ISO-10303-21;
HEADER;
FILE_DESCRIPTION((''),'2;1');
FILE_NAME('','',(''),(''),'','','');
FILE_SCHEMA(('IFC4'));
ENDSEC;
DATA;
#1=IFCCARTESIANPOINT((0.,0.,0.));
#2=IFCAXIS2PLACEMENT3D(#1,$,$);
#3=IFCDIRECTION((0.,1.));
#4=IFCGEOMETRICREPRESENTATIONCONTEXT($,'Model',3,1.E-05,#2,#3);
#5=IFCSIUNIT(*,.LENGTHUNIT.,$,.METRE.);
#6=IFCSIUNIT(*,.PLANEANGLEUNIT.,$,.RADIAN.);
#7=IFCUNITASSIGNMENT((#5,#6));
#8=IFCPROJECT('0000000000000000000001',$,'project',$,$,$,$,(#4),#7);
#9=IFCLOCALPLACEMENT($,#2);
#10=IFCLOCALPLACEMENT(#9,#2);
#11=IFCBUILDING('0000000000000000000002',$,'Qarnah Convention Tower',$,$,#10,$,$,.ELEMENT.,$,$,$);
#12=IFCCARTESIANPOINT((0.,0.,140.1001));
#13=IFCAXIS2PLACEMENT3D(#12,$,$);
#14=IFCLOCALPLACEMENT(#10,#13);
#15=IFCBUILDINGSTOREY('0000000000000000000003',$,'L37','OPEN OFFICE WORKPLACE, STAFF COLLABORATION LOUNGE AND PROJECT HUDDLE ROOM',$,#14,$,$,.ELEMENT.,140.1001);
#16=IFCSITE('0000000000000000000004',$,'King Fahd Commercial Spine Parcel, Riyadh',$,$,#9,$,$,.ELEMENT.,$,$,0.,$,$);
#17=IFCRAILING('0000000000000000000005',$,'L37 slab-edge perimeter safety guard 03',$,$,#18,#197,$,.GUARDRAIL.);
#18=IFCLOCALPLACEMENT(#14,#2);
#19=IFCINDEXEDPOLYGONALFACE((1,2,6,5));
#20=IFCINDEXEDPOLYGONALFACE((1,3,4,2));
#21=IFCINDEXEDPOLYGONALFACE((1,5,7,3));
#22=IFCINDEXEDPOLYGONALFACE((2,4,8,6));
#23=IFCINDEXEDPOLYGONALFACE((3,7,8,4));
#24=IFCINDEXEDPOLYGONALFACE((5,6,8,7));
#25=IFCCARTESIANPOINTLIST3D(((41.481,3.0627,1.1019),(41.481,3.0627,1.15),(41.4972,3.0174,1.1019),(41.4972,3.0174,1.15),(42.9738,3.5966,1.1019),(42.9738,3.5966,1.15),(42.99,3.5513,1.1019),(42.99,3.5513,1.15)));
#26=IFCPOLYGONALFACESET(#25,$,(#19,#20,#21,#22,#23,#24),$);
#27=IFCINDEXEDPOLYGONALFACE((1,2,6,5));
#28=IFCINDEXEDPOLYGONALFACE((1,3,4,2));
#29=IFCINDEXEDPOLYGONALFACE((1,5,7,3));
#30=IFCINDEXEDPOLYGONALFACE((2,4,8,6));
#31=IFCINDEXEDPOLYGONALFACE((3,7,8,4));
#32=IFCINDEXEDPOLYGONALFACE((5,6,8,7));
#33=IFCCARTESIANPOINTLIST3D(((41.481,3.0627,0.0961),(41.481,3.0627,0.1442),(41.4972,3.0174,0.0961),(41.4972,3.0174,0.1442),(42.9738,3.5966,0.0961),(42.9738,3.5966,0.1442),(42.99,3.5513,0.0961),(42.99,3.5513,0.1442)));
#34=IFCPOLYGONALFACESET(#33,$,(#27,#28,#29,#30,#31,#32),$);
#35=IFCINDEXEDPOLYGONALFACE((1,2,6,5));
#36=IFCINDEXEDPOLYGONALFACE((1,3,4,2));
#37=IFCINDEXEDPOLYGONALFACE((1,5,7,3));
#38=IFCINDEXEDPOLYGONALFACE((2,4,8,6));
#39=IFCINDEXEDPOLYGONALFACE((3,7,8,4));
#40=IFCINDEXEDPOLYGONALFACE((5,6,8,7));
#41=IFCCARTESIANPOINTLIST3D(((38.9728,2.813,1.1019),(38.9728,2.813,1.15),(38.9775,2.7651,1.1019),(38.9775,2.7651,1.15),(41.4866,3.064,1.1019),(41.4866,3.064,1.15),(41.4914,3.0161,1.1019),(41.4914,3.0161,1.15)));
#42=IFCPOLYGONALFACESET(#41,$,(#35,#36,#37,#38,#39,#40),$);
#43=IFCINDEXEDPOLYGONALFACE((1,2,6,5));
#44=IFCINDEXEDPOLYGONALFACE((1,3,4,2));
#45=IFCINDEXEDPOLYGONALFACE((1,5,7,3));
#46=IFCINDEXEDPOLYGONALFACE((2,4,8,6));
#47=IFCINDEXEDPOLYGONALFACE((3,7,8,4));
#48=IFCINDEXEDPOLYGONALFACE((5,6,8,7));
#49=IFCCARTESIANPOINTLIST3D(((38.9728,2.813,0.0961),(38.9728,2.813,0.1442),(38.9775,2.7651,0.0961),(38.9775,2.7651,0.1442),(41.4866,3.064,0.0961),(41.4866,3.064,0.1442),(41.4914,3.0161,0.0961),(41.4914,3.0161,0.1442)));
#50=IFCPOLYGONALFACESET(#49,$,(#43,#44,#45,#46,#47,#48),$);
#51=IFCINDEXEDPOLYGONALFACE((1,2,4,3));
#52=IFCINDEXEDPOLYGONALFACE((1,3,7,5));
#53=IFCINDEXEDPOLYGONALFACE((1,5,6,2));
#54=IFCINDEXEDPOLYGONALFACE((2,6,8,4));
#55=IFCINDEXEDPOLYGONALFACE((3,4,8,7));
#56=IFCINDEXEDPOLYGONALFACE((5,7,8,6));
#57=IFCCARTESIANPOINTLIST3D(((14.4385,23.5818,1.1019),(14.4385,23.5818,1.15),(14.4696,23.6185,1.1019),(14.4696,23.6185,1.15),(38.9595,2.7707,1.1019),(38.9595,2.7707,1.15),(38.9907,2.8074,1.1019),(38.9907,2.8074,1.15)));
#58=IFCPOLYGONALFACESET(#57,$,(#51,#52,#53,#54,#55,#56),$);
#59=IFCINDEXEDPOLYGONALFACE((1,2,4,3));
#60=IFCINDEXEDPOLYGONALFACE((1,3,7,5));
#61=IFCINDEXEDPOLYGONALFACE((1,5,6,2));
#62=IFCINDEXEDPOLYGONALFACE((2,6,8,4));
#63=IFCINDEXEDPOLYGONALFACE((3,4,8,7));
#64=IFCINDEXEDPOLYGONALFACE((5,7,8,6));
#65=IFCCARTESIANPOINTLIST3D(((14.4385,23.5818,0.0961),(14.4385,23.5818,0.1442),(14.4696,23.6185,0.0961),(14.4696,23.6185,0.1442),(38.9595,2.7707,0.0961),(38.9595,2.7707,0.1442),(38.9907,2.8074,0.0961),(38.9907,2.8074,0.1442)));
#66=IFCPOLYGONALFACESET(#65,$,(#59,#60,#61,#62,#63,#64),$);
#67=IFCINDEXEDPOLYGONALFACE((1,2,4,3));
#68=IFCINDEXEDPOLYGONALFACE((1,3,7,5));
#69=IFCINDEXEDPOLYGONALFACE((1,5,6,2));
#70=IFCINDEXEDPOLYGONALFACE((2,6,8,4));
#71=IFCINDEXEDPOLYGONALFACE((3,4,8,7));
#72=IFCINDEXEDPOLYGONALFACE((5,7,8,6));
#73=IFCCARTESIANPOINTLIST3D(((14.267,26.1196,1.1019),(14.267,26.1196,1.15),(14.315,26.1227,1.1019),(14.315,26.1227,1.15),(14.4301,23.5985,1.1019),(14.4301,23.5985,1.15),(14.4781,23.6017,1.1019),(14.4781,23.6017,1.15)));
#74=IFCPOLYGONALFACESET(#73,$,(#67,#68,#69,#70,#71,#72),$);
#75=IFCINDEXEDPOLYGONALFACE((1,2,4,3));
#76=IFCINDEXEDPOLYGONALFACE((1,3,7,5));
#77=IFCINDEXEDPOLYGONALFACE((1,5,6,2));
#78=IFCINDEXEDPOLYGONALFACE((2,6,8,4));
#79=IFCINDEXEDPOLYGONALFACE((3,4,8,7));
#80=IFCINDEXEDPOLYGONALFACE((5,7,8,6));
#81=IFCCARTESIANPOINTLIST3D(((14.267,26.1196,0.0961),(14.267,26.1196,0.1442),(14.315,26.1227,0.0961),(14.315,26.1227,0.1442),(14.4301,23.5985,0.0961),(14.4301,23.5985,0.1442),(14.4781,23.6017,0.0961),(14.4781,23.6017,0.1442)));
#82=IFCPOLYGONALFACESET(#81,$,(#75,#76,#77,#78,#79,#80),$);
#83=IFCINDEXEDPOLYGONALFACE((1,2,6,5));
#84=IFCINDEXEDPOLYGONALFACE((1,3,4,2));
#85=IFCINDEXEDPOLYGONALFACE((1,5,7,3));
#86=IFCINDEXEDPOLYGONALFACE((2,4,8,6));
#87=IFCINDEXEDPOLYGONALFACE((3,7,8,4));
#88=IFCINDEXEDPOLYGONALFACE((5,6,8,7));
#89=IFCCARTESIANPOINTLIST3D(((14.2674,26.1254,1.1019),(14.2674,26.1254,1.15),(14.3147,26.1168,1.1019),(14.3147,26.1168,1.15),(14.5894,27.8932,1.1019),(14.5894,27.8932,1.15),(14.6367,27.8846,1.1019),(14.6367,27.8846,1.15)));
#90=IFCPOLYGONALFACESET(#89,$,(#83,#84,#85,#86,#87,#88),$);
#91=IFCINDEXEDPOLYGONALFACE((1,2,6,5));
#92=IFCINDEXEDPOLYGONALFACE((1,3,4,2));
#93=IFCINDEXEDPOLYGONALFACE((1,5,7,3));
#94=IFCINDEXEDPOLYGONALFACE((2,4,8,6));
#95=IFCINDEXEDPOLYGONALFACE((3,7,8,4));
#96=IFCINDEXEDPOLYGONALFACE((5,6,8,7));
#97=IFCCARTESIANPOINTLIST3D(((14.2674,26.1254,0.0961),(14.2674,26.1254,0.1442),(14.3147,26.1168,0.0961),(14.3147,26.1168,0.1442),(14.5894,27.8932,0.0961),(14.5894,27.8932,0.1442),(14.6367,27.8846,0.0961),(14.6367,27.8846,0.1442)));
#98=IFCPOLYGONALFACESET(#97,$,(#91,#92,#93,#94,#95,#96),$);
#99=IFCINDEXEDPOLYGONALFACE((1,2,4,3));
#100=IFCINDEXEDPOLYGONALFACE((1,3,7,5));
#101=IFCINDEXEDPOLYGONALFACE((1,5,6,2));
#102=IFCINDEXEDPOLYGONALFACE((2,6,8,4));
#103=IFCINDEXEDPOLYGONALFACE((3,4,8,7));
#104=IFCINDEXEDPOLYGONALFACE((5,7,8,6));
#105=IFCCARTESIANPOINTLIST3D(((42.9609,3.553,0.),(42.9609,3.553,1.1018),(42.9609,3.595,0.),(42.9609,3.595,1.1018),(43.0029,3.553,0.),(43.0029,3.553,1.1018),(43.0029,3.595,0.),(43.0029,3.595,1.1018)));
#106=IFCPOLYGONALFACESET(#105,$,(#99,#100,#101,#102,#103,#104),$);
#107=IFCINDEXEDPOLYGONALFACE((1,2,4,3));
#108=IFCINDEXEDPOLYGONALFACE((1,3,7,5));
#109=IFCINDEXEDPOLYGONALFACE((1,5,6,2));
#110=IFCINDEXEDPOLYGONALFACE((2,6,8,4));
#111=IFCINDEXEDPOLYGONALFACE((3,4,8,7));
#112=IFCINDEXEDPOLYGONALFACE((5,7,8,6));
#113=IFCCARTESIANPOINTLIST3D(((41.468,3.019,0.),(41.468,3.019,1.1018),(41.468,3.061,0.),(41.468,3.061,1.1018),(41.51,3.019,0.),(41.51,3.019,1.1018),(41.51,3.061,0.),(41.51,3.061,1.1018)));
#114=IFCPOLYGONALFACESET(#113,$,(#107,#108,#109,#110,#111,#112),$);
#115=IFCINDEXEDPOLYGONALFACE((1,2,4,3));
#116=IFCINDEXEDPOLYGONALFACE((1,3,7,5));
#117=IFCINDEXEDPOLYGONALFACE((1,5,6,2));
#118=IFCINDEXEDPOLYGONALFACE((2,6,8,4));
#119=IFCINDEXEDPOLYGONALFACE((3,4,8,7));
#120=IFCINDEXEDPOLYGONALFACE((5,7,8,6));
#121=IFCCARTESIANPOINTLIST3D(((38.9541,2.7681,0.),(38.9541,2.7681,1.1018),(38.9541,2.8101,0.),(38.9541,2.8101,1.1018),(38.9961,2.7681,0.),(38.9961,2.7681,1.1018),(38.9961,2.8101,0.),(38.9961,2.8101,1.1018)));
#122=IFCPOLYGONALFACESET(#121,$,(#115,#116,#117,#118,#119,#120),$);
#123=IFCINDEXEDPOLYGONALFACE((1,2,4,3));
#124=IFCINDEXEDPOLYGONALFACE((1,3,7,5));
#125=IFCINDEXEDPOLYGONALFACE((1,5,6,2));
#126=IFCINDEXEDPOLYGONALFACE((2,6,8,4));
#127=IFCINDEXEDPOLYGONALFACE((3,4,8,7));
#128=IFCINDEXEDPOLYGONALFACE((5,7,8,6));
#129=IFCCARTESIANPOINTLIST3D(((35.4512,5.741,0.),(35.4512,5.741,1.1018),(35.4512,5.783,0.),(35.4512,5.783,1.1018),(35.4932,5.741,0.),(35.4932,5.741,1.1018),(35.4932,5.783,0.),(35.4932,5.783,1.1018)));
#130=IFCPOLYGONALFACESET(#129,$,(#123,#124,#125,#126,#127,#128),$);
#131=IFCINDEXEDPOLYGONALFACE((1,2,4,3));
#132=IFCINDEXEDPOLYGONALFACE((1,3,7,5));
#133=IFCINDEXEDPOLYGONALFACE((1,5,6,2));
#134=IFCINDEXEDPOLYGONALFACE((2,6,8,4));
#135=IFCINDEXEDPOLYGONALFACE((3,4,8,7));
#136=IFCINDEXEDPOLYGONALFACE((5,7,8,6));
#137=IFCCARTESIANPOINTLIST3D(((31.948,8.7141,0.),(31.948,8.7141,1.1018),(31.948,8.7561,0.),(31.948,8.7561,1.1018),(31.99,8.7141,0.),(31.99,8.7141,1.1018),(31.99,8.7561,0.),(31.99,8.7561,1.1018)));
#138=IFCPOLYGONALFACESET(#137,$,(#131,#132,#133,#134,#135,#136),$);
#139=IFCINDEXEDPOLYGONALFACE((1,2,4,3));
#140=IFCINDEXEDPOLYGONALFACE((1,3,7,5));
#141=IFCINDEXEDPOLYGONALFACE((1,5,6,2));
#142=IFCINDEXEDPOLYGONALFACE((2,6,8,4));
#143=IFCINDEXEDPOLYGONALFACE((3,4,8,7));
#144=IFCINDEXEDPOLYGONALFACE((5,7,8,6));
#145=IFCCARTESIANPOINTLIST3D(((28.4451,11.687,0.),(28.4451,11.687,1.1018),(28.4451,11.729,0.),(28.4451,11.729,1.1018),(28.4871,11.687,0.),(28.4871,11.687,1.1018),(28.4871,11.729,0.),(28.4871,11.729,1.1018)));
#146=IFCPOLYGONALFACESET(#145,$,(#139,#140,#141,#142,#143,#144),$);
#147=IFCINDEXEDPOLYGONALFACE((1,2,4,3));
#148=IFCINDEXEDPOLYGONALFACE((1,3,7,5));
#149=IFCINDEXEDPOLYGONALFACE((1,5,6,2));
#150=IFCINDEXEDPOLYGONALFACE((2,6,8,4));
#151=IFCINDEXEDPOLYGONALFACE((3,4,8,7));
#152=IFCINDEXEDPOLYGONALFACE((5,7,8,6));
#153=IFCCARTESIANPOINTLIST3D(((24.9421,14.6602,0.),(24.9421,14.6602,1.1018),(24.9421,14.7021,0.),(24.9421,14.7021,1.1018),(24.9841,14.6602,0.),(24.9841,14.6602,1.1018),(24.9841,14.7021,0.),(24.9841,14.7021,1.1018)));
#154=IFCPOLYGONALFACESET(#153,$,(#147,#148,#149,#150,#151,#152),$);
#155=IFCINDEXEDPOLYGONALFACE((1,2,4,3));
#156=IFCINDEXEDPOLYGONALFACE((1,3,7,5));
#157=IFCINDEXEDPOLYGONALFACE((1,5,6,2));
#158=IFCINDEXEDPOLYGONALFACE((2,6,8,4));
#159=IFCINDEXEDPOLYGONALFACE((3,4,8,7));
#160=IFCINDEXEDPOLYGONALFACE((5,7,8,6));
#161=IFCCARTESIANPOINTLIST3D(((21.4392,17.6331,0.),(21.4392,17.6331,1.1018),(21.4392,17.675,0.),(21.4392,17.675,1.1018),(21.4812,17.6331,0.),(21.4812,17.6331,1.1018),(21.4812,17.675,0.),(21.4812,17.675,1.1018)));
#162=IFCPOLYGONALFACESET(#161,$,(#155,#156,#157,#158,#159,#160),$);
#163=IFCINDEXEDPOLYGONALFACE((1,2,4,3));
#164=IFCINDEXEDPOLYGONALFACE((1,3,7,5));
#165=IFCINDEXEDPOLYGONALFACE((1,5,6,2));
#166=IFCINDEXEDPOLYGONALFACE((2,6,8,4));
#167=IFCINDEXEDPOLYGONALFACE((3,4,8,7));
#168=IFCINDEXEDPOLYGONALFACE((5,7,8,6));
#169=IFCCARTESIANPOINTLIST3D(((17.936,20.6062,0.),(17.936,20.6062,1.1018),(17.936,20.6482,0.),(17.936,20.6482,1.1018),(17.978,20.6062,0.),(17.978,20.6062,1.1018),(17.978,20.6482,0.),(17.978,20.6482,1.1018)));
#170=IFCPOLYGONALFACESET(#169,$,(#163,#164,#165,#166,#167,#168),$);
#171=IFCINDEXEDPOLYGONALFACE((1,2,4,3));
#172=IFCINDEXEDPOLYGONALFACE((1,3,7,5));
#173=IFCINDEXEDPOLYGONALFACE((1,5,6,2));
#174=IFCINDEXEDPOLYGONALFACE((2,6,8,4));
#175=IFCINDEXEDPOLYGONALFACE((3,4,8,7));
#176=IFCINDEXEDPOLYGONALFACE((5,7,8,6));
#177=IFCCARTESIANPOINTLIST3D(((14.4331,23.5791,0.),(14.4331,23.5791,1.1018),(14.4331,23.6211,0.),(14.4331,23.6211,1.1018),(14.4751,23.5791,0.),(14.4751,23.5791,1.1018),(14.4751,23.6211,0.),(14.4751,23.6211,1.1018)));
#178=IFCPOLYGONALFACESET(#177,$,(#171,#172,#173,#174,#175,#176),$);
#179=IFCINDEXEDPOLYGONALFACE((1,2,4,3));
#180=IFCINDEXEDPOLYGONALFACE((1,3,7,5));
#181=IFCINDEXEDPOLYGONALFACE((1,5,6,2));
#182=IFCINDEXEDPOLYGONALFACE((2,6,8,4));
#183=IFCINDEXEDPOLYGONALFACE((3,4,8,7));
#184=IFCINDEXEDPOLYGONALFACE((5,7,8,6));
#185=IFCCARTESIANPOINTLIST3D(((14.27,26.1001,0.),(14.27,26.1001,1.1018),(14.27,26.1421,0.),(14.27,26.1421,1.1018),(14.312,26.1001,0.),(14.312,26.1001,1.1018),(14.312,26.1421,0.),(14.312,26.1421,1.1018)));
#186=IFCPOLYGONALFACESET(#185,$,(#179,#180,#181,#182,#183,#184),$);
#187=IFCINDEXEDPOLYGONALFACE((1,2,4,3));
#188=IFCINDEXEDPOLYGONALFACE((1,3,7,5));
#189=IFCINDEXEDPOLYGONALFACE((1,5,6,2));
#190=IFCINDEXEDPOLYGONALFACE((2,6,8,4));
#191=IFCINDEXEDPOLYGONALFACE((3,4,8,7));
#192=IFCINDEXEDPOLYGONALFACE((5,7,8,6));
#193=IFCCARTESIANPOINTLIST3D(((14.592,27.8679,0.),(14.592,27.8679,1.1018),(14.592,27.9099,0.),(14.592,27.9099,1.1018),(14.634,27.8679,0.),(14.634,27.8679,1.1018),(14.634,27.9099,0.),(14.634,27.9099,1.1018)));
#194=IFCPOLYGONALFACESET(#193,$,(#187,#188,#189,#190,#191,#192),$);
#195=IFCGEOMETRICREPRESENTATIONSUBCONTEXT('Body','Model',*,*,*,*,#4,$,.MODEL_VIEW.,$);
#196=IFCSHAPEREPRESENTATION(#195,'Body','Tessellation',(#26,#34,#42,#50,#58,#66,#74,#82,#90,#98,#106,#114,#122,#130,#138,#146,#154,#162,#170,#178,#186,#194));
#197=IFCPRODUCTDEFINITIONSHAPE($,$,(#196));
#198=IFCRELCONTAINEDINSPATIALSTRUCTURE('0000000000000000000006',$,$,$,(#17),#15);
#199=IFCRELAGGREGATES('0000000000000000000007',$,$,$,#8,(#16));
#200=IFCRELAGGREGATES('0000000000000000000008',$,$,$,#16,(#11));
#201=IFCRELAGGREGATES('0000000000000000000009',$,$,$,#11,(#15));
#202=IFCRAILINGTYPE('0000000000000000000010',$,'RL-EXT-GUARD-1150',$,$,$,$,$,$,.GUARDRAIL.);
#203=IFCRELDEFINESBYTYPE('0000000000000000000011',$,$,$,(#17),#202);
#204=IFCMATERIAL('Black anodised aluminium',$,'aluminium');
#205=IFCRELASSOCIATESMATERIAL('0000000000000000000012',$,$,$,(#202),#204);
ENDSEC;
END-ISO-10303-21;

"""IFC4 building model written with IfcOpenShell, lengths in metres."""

from ifc_helpers import new_model, si_unit, direction, frame, origin, origin_2d, place, context, subcontext, project, spatial, rectangle, extrude, material, type_object, element, save


model = new_model("IFC4")

# Units and contexts
model_context = context("Model", 3, precision=1e-05, world=origin(), true_north=direction((0.0, 1.0)))
body_context = subcontext(model_context, "Body", "Model", "MODEL_VIEW")
ifc_project = project(units=[si_unit("LENGTHUNIT", "METRE"), si_unit("PLANEANGLEUNIT", "RADIAN")], contexts=[model_context])

# Site, building, storey
site_placement = place(None, origin())
site = spatial("IfcSite", under=ifc_project, at=site_placement, Name="King Fahd Commercial Spine Parcel, Riyadh", CompositionType="ELEMENT", RefElevation=0.0)
building_placement = place(site_placement, origin())
building = spatial("IfcBuilding", under=site, at=building_placement, Name="Qarnah Convention Tower", CompositionType="ELEMENT")
storey_placement = place(building_placement, frame((0.0, 0.0, 140.1001)))
storey = spatial("IfcBuildingStorey", under=building, at=storey_placement, Name="L37", Description="OPEN OFFICE WORKPLACE, STAFF COLLABORATION LOUNGE AND PROJECT HUDDLE ROOM", CompositionType="ELEMENT", Elevation=140.1001)

# Shared definitions
ifc_material_1 = material(Name="Black anodised aluminium", Category="aluminium")

# Railing
railing_type = type_object("IfcRailingType", Name="RL-EXT-GUARD-1150", PredefinedType="GUARDRAIL", material=ifc_material_1)
railing_1_placement = place(storey_placement, frame((42.9819, 3.574, 0.0)))
element("IfcRailing", 1, at=railing_1_placement, inside=storey, type_object=railing_type, Name="L37 slab-edge perimeter safety guard 03", PredefinedType="GUARDRAIL", context=body_context, shape_type="SweptSolid", body=[
    extrude(rectangle(XDim=0.0481, YDim=0.0481, at=origin_2d()), frame((0.0, 0.0, 1.126), z_axis=(-0.941592, -0.336756, 0.0), x_axis=(0.336756, -0.941592, 0.0)), (0.0, 0.0, 1.0), 1.5854),
    extrude(rectangle(XDim=0.0481, YDim=0.0481, at=origin_2d()), frame((0.0, 0.0, 0.1201), z_axis=(-0.941592, -0.336756, 0.0), x_axis=(0.336756, -0.941592, 0.0)), (0.0, 0.0, 1.0), 1.5854),
    extrude(rectangle(XDim=0.0481, YDim=0.0481, at=origin_2d()), frame((-1.4929, -0.5339, 1.126), z_axis=(-0.995053, -0.099341, 0.0), x_axis=(0.099341, -0.995053, 0.0)), (0.0, 0.0, 1.0), 2.5264),
    extrude(rectangle(XDim=0.0481, YDim=0.0481, at=origin_2d()), frame((-1.4929, -0.5339, 0.1201), z_axis=(-0.995053, -0.099341, 0.0), x_axis=(0.099341, -0.995053, 0.0)), (0.0, 0.0, 1.0), 2.5264),
    extrude(rectangle(XDim=0.0481, YDim=0.0481, at=origin_2d()), frame((-4.0068, -0.7849, 1.126), z_axis=(-0.762427, 0.647074, 0.0), x_axis=(-0.647074, -0.762427, 0.0)), (0.0, 0.0, 1.0), 32.1619),
    extrude(rectangle(XDim=0.0481, YDim=0.0481, at=origin_2d()), frame((-4.0068, -0.7849, 0.1201), z_axis=(-0.762427, 0.647074, 0.0), x_axis=(-0.647074, -0.762427, 0.0)), (0.0, 0.0, 1.0), 32.1619),
    extrude(rectangle(XDim=0.0481, YDim=0.0481, at=origin_2d()), frame((-28.5278, 20.0261, 1.126), z_axis=(-0.064556, 0.997914, 0.0), x_axis=(-0.997914, -0.064556, 0.0)), (0.0, 0.0, 1.0), 2.5264),
    extrude(rectangle(XDim=0.0481, YDim=0.0481, at=origin_2d()), frame((-28.5278, 20.0261, 0.1201), z_axis=(-0.064556, 0.997914, 0.0), x_axis=(-0.997914, -0.064556, 0.0)), (0.0, 0.0, 1.0), 2.5264),
    extrude(rectangle(XDim=0.0481, YDim=0.0481, at=origin_2d()), frame((-28.6909, 22.5471, 1.126), z_axis=(0.179208, 0.983811, 0.0), x_axis=(-0.983811, 0.179208, 0.0)), (0.0, 0.0, 1.0), 1.7969),
    extrude(rectangle(XDim=0.0481, YDim=0.0481, at=origin_2d()), frame((-28.6909, 22.5471, 0.1201), z_axis=(0.179208, 0.983811, 0.0), x_axis=(-0.983811, 0.179208, 0.0)), (0.0, 0.0, 1.0), 1.7969),
    extrude(rectangle(XDim=0.042, YDim=0.042, at=origin_2d()), origin(), (0.0, 0.0, 1.0), 1.1018),
    extrude(rectangle(XDim=0.042, YDim=0.042, at=origin_2d()), frame((-1.4929, -0.5339, 0.0)), (0.0, 0.0, 1.0), 1.1018),
    extrude(rectangle(XDim=0.042, YDim=0.042, at=origin_2d()), frame((-4.0068, -0.7849, 0.0)), (0.0, 0.0, 1.0), 1.1018),
    extrude(rectangle(XDim=0.042, YDim=0.042, at=origin_2d()), frame((-7.5098, 2.188, 0.0)), (0.0, 0.0, 1.0), 1.1018),
    extrude(rectangle(XDim=0.042, YDim=0.042, at=origin_2d()), frame((-11.0129, 5.1611, 0.0)), (0.0, 0.0, 1.0), 1.1018),
    extrude(rectangle(XDim=0.042, YDim=0.042, at=origin_2d()), frame((-14.5159, 8.134, 0.0)), (0.0, 0.0, 1.0), 1.1018),
    extrude(rectangle(XDim=0.042, YDim=0.042, at=origin_2d()), frame((-18.0188, 11.1072, 0.0)), (0.0, 0.0, 1.0), 1.1018),
    extrude(rectangle(XDim=0.042, YDim=0.042, at=origin_2d()), frame((-21.5217, 14.0801, 0.0)), (0.0, 0.0, 1.0), 1.1018),
    extrude(rectangle(XDim=0.042, YDim=0.042, at=origin_2d()), frame((-25.0249, 17.0532, 0.0)), (0.0, 0.0, 1.0), 1.1018),
    extrude(rectangle(XDim=0.042, YDim=0.042, at=origin_2d()), frame((-28.5278, 20.0261, 0.0)), (0.0, 0.0, 1.0), 1.1018),
    extrude(rectangle(XDim=0.042, YDim=0.042, at=origin_2d()), frame((-28.6909, 22.5471, 0.0)), (0.0, 0.0, 1.0), 1.1018),
    extrude(rectangle(XDim=0.042, YDim=0.042, at=origin_2d()), frame((-28.3689, 24.3149, 0.0)), (0.0, 0.0, 1.0), 1.1018),
])

save(model, "model.ifc")
